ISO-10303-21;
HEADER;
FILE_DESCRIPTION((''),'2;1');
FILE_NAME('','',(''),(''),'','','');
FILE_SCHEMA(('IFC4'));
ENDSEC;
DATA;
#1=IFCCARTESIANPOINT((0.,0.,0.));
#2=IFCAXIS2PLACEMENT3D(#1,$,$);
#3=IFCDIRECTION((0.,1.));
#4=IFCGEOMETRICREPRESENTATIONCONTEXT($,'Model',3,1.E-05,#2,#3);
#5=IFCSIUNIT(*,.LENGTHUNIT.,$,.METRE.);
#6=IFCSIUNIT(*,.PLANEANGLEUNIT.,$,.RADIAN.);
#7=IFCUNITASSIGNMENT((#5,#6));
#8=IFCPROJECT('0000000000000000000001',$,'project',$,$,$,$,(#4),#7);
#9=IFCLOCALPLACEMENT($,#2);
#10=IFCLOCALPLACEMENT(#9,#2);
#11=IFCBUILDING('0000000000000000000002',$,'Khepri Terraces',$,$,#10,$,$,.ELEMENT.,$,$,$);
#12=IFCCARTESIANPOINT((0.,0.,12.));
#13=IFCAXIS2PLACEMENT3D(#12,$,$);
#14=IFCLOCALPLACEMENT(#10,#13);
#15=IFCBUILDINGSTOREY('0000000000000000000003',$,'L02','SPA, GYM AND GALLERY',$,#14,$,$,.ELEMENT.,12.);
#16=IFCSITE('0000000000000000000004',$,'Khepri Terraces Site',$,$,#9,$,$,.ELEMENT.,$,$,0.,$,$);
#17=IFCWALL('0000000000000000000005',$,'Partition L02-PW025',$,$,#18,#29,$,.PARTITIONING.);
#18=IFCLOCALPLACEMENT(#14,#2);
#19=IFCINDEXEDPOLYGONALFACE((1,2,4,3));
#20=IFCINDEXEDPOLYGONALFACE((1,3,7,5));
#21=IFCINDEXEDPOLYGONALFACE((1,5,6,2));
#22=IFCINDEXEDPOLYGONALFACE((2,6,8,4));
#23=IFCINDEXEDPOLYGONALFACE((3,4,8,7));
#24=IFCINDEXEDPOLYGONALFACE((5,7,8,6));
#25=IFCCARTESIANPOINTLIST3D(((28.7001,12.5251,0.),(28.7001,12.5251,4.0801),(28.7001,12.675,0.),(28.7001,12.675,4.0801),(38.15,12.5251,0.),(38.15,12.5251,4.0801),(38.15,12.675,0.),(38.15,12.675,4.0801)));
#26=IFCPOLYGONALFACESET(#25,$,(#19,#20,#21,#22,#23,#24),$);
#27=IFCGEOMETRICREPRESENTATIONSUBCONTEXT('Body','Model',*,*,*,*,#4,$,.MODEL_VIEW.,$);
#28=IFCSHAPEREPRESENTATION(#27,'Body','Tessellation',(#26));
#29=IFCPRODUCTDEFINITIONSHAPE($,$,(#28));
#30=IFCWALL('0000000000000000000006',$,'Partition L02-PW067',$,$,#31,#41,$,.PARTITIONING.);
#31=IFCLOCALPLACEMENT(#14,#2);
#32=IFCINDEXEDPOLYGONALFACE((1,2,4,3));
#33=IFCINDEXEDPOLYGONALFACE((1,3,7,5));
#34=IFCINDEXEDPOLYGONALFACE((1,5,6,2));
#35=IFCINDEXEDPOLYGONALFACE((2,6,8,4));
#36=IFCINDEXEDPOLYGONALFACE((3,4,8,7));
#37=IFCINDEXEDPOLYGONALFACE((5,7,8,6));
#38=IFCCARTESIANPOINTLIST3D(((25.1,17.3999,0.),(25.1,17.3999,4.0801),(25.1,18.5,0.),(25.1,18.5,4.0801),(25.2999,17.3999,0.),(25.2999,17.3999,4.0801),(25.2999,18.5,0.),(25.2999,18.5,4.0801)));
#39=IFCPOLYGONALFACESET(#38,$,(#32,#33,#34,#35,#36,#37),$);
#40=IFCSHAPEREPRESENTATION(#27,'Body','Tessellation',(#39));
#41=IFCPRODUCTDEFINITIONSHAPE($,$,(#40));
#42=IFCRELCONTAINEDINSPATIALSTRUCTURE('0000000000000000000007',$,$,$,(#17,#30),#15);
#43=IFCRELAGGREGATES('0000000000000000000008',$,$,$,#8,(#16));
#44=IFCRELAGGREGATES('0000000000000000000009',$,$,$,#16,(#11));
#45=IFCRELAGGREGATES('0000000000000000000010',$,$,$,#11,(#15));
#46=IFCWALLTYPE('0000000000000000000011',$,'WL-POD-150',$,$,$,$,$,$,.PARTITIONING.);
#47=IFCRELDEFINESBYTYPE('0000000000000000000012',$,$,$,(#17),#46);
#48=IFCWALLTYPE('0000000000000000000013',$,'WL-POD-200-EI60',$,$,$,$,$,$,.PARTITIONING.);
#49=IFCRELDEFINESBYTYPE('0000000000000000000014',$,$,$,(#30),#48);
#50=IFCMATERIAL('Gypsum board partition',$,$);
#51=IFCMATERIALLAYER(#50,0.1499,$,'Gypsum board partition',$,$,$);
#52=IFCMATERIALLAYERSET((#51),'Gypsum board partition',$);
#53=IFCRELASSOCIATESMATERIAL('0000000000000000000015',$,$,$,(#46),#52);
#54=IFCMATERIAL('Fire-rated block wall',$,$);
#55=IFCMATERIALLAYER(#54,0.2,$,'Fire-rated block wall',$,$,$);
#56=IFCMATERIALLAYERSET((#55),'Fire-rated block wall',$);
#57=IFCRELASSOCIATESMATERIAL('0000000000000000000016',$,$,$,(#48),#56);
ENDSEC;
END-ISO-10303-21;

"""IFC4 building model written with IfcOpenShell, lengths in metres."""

from ifc_helpers import new_model, si_unit, direction, frame, frame_2d, origin, place, context, subcontext, project, spatial, rectangle, extrude, material, layer, layer_set, type_object, element, save


model = new_model("IFC4")

# Units and contexts
model_context = context("Model", 3, precision=1e-05, world=origin(), true_north=direction((0.0, 1.0)))
body_context = subcontext(model_context, "Body", "Model", "MODEL_VIEW")
ifc_project = project(units=[si_unit("LENGTHUNIT", "METRE"), si_unit("PLANEANGLEUNIT", "RADIAN")], contexts=[model_context])

# Site, building, storey
site_placement = place(None, origin())
site = spatial("IfcSite", under=ifc_project, at=site_placement, Name="Khepri Terraces Site", CompositionType="ELEMENT", RefElevation=0.0)
building_placement = place(site_placement, origin())
building = spatial("IfcBuilding", under=site, at=building_placement, Name="Khepri Terraces", CompositionType="ELEMENT")
storey_placement = place(building_placement, frame((0.0, 0.0, 12.0)))
storey = spatial("IfcBuildingStorey", under=building, at=storey_placement, Name="L02", Description="SPA, GYM AND GALLERY", CompositionType="ELEMENT", Elevation=12.0)

# Walls
ifc_material_1 = material(Name="Gypsum board partition")
ifc_layer_1 = layer(ifc_material_1, 0.1499, Name="Gypsum board partition")
ifc_layer_set_1 = layer_set([ifc_layer_1], Name="Gypsum board partition")
wall_type_1 = type_object("IfcWallType", Name="WL-POD-150", PredefinedType="PARTITIONING", material=ifc_layer_set_1)
wall_1_placement = place(storey_placement, frame((28.7, 12.6001, 0.0), z_axis=(0.0, 0.0, 1.0), x_axis=(1.0, 0.0, 0.0)))
element("IfcWall", 1, at=wall_1_placement, inside=storey, type_object=wall_type_1, Name="Partition L02-PW025", PredefinedType="PARTITIONING", context=body_context, shape_type="SweptSolid", body=[
    extrude(rectangle(XDim=9.45, YDim=0.1499, at=frame_2d((4.7251, 0.0))), origin(), (0.0, 0.0, 1.0), 4.0801),
])
ifc_material_2 = material(Name="Fire-rated block wall")
ifc_layer_2 = layer(ifc_material_2, 0.2, Name="Fire-rated block wall")
ifc_layer_set_2 = layer_set([ifc_layer_2], Name="Fire-rated block wall")
wall_type_2 = type_object("IfcWallType", Name="WL-POD-200-EI60", PredefinedType="PARTITIONING", material=ifc_layer_set_2)
wall_2_placement = place(storey_placement, frame((25.2, 17.3999, 0.0), z_axis=(0.0, 0.0, 1.0), x_axis=(0.0, 1.0, 0.0)))
element("IfcWall", 2, at=wall_2_placement, inside=storey, type_object=wall_type_2, Name="Partition L02-PW067", PredefinedType="PARTITIONING", context=body_context, shape_type="SweptSolid", body=[
    extrude(rectangle(XDim=1.1001, YDim=0.2, at=frame_2d((0.55, 0.0))), origin(), (0.0, 0.0, 1.0), 4.0801),
])

save(model, "model.ifc")
